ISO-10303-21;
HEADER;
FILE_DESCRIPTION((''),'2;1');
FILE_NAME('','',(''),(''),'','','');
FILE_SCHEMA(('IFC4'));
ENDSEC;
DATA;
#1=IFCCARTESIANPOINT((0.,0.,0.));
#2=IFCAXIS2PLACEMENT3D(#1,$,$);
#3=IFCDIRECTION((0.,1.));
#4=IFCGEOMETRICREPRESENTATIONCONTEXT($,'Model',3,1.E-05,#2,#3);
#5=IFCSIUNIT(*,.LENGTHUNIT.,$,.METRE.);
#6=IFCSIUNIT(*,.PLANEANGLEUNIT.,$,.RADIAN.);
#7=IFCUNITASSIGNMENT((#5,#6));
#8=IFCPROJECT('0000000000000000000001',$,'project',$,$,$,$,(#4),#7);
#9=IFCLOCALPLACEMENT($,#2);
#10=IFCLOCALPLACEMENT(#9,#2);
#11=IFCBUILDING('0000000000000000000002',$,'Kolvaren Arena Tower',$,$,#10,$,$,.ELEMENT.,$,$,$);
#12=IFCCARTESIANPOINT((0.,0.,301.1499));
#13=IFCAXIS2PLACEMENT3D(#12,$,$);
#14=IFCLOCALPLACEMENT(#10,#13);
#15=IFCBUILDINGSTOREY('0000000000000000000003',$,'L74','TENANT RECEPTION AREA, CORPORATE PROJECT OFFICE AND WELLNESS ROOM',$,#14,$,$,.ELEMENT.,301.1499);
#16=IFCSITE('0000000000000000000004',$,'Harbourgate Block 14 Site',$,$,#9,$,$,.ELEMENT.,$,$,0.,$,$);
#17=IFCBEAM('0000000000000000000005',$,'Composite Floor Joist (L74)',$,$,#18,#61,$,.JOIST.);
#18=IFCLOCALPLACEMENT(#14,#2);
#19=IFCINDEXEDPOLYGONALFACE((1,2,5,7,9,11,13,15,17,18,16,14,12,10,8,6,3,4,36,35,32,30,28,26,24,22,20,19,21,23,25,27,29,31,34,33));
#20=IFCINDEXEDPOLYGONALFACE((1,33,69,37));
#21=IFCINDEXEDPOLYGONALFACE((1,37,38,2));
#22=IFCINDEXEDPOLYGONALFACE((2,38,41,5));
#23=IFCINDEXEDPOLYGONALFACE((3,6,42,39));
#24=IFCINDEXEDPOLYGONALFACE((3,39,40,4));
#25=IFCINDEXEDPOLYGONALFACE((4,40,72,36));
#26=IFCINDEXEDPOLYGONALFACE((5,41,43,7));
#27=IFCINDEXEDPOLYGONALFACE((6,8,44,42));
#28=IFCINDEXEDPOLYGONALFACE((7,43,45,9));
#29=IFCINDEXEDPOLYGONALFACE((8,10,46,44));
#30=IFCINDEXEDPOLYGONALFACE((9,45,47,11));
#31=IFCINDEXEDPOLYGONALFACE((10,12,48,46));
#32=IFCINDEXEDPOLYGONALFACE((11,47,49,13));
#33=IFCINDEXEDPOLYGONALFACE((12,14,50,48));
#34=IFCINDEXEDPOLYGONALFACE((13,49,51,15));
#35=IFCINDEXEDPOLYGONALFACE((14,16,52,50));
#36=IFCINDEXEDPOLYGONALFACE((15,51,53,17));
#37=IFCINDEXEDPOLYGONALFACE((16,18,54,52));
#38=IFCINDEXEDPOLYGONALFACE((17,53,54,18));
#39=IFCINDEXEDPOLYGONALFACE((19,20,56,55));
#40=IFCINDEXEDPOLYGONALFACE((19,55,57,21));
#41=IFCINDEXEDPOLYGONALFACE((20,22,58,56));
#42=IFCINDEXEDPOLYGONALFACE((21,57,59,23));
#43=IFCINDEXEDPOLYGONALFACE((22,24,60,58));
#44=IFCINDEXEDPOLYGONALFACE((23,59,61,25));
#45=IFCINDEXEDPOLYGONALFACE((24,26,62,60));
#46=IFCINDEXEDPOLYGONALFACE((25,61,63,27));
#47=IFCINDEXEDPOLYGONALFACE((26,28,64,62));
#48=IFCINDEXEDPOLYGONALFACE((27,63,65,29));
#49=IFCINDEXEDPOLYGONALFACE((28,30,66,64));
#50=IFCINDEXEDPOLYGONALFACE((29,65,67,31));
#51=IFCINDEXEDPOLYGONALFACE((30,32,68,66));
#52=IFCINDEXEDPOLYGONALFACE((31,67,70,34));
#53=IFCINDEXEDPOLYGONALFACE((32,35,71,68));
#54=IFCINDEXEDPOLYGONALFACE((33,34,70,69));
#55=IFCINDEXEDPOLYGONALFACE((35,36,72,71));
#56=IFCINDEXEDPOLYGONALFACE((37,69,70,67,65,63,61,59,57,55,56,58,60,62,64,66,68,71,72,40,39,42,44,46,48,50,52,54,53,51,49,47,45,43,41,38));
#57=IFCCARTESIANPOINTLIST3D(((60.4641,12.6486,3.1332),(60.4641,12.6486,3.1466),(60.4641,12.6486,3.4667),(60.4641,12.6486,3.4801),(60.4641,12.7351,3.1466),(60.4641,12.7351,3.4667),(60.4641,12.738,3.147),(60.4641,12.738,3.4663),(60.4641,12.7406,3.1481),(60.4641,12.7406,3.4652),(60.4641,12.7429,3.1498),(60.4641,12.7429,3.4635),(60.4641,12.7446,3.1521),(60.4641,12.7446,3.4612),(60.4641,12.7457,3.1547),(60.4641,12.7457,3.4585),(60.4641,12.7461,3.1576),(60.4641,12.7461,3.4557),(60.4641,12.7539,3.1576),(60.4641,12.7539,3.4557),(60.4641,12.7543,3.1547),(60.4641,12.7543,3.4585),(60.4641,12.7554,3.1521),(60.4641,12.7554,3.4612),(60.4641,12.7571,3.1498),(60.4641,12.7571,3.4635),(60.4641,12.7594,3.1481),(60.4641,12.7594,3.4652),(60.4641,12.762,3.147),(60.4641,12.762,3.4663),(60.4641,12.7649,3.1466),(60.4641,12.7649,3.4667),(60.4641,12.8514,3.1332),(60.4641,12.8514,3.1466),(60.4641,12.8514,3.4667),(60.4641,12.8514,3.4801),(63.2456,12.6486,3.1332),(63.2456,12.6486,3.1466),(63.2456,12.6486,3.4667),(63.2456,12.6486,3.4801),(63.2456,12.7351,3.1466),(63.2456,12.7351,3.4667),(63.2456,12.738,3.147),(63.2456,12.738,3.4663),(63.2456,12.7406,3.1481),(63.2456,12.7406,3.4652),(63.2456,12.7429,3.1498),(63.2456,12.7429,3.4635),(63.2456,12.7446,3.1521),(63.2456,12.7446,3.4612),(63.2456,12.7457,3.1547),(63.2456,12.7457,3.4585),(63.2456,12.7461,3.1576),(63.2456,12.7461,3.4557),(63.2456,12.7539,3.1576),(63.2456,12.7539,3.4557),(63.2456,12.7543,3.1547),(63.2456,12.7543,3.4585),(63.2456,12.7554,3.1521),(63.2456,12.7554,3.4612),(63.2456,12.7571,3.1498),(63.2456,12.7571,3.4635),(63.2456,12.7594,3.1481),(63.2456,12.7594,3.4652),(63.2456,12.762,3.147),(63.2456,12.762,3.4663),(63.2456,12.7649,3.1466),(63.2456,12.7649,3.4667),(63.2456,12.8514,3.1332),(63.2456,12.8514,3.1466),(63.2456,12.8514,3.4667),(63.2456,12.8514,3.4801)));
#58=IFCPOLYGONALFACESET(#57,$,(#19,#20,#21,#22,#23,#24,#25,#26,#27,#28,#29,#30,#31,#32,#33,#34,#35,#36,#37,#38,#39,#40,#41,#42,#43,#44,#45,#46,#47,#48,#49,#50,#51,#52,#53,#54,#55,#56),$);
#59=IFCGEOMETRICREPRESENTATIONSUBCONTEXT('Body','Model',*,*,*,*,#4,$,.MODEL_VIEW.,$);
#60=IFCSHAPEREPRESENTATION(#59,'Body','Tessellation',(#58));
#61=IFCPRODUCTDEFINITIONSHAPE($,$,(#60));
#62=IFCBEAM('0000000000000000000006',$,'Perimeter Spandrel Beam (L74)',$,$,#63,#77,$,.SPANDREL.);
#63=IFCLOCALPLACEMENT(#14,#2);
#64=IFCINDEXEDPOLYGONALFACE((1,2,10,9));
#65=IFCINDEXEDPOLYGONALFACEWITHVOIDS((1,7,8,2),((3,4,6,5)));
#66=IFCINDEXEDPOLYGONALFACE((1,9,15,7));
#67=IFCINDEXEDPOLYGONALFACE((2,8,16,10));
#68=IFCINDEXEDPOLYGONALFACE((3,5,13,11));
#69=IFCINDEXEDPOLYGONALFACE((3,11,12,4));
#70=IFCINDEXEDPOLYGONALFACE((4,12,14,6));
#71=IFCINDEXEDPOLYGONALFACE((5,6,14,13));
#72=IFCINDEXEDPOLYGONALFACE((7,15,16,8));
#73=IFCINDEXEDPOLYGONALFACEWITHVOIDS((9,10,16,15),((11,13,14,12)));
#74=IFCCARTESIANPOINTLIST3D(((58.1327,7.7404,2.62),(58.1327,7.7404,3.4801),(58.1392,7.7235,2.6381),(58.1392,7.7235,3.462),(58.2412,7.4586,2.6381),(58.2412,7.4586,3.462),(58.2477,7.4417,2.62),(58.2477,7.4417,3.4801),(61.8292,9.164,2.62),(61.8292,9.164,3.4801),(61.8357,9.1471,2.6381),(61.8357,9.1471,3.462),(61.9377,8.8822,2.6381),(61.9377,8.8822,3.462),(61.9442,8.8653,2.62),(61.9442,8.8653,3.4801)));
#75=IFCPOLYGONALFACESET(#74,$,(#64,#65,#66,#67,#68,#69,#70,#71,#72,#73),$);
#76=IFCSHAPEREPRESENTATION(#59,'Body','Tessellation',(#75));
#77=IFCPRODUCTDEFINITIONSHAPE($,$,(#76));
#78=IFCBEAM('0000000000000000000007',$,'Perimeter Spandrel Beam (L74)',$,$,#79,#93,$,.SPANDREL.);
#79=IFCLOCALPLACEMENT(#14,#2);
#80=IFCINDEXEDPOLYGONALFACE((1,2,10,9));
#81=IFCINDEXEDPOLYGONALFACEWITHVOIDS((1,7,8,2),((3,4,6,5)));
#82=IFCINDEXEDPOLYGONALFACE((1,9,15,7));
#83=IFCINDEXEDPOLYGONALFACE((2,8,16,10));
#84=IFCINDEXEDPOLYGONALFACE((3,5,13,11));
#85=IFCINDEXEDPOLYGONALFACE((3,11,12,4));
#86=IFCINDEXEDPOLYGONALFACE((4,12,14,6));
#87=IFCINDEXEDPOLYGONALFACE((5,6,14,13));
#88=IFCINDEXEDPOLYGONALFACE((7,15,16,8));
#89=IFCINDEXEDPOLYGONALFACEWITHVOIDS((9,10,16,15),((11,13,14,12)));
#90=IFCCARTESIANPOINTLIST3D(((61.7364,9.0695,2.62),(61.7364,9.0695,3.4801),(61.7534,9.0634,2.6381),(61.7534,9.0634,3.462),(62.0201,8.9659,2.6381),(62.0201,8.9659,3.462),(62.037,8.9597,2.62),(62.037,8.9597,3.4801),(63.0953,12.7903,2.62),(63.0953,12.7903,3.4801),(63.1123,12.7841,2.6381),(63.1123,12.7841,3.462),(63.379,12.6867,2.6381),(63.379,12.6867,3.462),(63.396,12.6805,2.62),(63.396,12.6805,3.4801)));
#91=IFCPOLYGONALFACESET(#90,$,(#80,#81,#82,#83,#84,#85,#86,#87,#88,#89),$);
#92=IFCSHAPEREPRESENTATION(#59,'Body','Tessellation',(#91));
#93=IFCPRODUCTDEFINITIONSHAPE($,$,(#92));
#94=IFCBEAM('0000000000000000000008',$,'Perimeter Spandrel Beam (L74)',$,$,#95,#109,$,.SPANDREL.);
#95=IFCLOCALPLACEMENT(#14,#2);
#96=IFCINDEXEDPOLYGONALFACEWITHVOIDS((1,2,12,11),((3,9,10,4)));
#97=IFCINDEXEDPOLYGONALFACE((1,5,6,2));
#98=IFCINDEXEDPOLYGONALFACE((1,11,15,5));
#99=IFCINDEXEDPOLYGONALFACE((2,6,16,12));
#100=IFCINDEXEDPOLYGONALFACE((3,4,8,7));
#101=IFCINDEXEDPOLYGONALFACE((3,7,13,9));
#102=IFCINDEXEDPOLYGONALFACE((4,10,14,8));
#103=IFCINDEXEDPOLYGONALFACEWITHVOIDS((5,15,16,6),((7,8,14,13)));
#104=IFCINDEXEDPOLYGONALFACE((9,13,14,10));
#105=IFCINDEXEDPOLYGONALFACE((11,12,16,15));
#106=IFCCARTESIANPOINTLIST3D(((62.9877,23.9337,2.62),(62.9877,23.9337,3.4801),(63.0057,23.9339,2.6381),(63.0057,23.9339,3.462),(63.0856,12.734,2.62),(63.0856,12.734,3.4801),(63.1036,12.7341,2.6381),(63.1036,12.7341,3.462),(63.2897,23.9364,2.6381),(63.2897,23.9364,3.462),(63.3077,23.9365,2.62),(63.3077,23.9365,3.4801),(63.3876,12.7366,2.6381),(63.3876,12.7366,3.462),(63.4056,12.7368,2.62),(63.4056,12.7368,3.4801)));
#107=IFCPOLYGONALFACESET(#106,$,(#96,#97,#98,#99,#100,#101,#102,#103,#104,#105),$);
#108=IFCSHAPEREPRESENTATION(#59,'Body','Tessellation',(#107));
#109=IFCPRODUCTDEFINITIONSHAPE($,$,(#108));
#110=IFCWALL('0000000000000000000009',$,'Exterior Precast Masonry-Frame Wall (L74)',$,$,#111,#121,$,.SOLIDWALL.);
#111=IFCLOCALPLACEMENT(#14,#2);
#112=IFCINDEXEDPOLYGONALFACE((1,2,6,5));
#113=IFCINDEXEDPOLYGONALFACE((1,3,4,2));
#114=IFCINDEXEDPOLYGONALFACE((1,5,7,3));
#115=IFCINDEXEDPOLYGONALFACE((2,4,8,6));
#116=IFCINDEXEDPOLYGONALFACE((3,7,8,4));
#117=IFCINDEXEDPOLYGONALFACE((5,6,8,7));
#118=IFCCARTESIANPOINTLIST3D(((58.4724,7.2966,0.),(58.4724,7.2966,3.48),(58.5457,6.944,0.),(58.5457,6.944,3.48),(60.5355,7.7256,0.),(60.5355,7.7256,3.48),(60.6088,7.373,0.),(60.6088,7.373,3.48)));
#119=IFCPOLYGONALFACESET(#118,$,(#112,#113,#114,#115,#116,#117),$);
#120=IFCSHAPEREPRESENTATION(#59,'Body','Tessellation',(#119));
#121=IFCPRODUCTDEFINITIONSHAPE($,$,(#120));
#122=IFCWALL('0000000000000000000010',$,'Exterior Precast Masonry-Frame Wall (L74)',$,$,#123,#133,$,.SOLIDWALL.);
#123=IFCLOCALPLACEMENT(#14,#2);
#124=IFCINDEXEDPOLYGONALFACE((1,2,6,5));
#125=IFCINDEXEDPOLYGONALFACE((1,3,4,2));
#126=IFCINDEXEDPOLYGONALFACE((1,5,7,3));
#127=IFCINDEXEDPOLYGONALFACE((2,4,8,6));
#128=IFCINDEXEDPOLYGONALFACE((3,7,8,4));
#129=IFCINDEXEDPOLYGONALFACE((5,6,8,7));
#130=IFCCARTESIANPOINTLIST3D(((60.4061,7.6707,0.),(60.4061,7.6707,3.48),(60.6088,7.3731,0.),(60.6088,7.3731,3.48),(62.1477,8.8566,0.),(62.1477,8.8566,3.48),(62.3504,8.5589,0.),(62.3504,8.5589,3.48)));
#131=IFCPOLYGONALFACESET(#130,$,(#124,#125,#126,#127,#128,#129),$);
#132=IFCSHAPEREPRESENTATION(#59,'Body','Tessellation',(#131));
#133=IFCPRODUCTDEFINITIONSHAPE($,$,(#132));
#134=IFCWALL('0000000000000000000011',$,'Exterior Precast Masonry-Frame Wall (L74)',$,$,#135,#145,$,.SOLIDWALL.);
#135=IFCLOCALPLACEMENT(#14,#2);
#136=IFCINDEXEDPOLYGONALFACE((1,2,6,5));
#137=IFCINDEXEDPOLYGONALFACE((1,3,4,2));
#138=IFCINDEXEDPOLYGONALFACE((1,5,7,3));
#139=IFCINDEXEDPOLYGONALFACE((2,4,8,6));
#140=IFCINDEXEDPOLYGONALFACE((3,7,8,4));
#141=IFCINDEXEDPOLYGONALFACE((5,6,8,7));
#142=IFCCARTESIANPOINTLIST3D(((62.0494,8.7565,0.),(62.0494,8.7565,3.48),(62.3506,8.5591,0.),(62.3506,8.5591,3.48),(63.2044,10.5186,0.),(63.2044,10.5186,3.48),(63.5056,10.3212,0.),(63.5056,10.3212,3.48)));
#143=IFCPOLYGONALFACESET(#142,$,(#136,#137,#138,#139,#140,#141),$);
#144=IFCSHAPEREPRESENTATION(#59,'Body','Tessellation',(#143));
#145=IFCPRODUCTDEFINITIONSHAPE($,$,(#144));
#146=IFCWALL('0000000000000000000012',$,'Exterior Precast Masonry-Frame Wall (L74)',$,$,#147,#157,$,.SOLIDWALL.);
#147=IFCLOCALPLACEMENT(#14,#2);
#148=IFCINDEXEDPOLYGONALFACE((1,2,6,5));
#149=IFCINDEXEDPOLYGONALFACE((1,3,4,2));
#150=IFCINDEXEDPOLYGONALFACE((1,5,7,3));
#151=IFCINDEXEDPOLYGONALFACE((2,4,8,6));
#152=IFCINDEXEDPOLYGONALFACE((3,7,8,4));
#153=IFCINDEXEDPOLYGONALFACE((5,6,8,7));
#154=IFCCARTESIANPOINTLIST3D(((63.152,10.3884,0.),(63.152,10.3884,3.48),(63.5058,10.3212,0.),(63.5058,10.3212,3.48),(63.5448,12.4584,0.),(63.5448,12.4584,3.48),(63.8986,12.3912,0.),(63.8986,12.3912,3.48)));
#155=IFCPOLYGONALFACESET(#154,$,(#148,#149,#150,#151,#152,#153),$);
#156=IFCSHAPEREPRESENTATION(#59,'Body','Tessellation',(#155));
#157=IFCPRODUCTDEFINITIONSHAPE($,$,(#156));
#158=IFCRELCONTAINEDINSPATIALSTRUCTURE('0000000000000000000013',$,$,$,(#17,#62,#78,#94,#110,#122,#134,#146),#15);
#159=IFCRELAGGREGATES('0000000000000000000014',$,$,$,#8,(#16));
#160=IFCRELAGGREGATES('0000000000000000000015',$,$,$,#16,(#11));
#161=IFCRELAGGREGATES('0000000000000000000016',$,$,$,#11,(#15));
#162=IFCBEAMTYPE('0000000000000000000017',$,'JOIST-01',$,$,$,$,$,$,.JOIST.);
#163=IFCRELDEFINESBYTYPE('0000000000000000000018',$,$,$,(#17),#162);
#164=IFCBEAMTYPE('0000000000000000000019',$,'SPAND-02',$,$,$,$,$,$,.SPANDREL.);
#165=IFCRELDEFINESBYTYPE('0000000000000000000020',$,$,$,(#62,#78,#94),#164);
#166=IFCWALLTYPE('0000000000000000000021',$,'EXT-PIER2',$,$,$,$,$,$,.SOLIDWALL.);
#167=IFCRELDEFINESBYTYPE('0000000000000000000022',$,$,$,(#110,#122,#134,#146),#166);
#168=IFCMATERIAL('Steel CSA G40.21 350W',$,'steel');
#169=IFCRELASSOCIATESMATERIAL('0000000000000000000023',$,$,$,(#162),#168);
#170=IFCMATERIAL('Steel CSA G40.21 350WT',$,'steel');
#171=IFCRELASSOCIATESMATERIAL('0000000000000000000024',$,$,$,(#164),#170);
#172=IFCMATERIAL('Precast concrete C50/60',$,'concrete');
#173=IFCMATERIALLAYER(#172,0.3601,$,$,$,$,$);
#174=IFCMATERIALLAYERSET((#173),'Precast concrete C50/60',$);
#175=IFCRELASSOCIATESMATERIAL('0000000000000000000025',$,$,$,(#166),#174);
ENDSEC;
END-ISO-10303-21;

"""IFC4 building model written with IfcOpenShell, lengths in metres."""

from ifc_helpers import new_model, si_unit, direction, frame, frame_2d, origin, origin_2d, place, context, subcontext, project, spatial, rectangle, hollow_rectangle, i_section, extrude, material, layer, layer_set, material_profile, profile_set, type_object, element, save


model = new_model("IFC4")

# Units and contexts
model_context = context("Model", 3, precision=1e-05, world=origin(), true_north=direction((0.0, 1.0)))
body_context = subcontext(model_context, "Body", "Model", "MODEL_VIEW")
ifc_project = project(units=[si_unit("LENGTHUNIT", "METRE"), si_unit("PLANEANGLEUNIT", "RADIAN")], contexts=[model_context])

# Site, building, storey
site_placement = place(None, origin())
site = spatial("IfcSite", under=ifc_project, at=site_placement, Name="Harbourgate Block 14 Site", CompositionType="ELEMENT", RefElevation=0.0)
building_placement = place(site_placement, origin())
building = spatial("IfcBuilding", under=site, at=building_placement, Name="Kolvaren Arena Tower", CompositionType="ELEMENT")
storey_placement = place(building_placement, frame((0.0, 0.0, 301.1499)))
storey = spatial("IfcBuildingStorey", under=building, at=storey_placement, Name="L74", Description="TENANT RECEPTION AREA, CORPORATE PROJECT OFFICE AND WELLNESS ROOM", CompositionType="ELEMENT", Elevation=301.1499)

# Shared definitions
ifc_material_1 = material(Name="Precast concrete C50/60", Category="concrete")

# Beams
ifc_material_2 = material(Name="Steel CSA G40.21 350W", Category="steel")
ifc_material_profile_1 = material_profile(ifc_material_2, i_section(OverallWidth=0.2029, OverallDepth=0.3469, WebThickness=0.0078, FlangeThickness=0.0134, FilletRadius=0.011, at=origin_2d()), Name="W360x64")
ifc_profile_set_1 = profile_set([ifc_material_profile_1], Name="Steel CSA G40.21 350W")
beam_type_1 = type_object("IfcBeamType", Name="JOIST-01", PredefinedType="JOIST", material=ifc_profile_set_1)
beam_1_placement = place(storey_placement, frame((60.4641, 12.75, 3.3066), z_axis=(1.0, 0.0, 0.0), x_axis=(0.0, 1.0, 0.0)))
element("IfcBeam", 1, at=beam_1_placement, inside=storey, type_object=beam_type_1, Name="Composite Floor Joist (L74)", PredefinedType="JOIST", context=body_context, shape_type="SweptSolid", body=[
    extrude(i_section(OverallWidth=0.2029, OverallDepth=0.3469, WebThickness=0.0078, FlangeThickness=0.0134, FilletRadius=0.011, at=origin_2d()), origin(), (0.0, 0.0, 1.0), 2.7815),
])
ifc_material_3 = material(Name="Steel CSA G40.21 350WT", Category="steel")
ifc_material_profile_2 = material_profile(ifc_material_3, hollow_rectangle(XDim=0.3201, YDim=0.8601, WallThickness=0.0181, at=origin_2d()), Name="HSS 860x320x18")
ifc_profile_set_2 = profile_set([ifc_material_profile_2], Name="Steel CSA G40.21 350WT")
beam_type_2 = type_object("IfcBeamType", Name="SPAND-02", PredefinedType="SPANDREL", material=ifc_profile_set_2)
for number, where, z_axis, x_axis, name in (
    (2, (58.1902, 7.5911, 3.05), (0.93319, 0.359384, 0.0), (-0.359384, 0.93319, 0.0), "Perimeter Spandrel Beam (L74)"),
    (3, (61.8867, 9.0146, 3.05), (0.343059, 0.939314, 0.0), (-0.939314, 0.343059, 0.0), "Perimeter Spandrel Beam (L74)"),
):
    element("IfcBeam", number, at=place(storey_placement, frame(where, z_axis=z_axis, x_axis=x_axis)), inside=storey, type_object=beam_type_2, Name=name, PredefinedType="SPANDREL", context=body_context, shape_type="SweptSolid", body=[
        extrude(hollow_rectangle(XDim=0.3201, YDim=0.8601, WallThickness=0.0181, at=origin_2d()), origin(), (0.0, 0.0, 1.0), 3.9612),
    ])
beam_2_placement = place(storey_placement, frame((63.2456, 12.7354, 3.05), z_axis=(-0.008741, 0.999962, 0.0), x_axis=(-0.999962, -0.008741, 0.0)))
element("IfcBeam", 4, at=beam_2_placement, inside=storey, type_object=beam_type_2, Name="Perimeter Spandrel Beam (L74)", PredefinedType="SPANDREL", context=body_context, shape_type="SweptSolid", body=[
    extrude(hollow_rectangle(XDim=0.3201, YDim=0.8601, WallThickness=0.0181, at=origin_2d()), origin(), (0.0, 0.0, 1.0), 11.2002),
])

# Walls
ifc_layer_1 = layer(ifc_material_1, 0.3601)
ifc_layer_set_1 = layer_set([ifc_layer_1], Name="Precast concrete C50/60")
wall_type_1 = type_object("IfcWallType", Name="EXT-PIER2", PredefinedType="SOLIDWALL", material=ifc_layer_set_1)
wall_1_placement = place(storey_placement, frame((60.5723, 7.5493, 0.0), z_axis=(0.0, 0.0, 1.0), x_axis=(-0.979059, -0.203575, 0.0)))
element("IfcWall", 5, at=wall_1_placement, inside=storey, type_object=wall_type_1, Name="Exterior Precast Masonry-Frame Wall (L74)", PredefinedType="SOLIDWALL", context=body_context, shape_type="SweptSolid", body=[
    extrude(rectangle(XDim=2.1072, YDim=0.3601, at=frame_2d((1.0537, 0.0))), origin(), (0.0, 0.0, 1.0), 3.48),
])
for number, where, z_axis, x_axis, name in (
    (6, (62.249, 8.7078, 0.0), (0.0, 0.0, 1.0), (-0.826573, -0.56283, 0.0), "Exterior Precast Masonry-Frame Wall (L74)"),
    (7, (63.355, 10.4199, 0.0), (0.0, 0.0, 1.0), (-0.548186, -0.836357, 0.0), "Exterior Precast Masonry-Frame Wall (L74)"),
    (8, (63.7217, 12.4248, 0.0), (0.0, 0.0, 1.0), (-0.186436, -0.982467, 0.0), "Exterior Precast Masonry-Frame Wall (L74)"),
):
    element("IfcWall", number, at=place(storey_placement, frame(where, z_axis=z_axis, x_axis=x_axis)), inside=storey, type_object=wall_type_1, Name=name, PredefinedType="SOLIDWALL", context=body_context, shape_type="SweptSolid", body=[
        extrude(rectangle(XDim=2.1069, YDim=0.3601, at=frame_2d((1.0535, 0.0))), origin(), (0.0, 0.0, 1.0), 3.48),
    ])

save(model, "model.ifc")
